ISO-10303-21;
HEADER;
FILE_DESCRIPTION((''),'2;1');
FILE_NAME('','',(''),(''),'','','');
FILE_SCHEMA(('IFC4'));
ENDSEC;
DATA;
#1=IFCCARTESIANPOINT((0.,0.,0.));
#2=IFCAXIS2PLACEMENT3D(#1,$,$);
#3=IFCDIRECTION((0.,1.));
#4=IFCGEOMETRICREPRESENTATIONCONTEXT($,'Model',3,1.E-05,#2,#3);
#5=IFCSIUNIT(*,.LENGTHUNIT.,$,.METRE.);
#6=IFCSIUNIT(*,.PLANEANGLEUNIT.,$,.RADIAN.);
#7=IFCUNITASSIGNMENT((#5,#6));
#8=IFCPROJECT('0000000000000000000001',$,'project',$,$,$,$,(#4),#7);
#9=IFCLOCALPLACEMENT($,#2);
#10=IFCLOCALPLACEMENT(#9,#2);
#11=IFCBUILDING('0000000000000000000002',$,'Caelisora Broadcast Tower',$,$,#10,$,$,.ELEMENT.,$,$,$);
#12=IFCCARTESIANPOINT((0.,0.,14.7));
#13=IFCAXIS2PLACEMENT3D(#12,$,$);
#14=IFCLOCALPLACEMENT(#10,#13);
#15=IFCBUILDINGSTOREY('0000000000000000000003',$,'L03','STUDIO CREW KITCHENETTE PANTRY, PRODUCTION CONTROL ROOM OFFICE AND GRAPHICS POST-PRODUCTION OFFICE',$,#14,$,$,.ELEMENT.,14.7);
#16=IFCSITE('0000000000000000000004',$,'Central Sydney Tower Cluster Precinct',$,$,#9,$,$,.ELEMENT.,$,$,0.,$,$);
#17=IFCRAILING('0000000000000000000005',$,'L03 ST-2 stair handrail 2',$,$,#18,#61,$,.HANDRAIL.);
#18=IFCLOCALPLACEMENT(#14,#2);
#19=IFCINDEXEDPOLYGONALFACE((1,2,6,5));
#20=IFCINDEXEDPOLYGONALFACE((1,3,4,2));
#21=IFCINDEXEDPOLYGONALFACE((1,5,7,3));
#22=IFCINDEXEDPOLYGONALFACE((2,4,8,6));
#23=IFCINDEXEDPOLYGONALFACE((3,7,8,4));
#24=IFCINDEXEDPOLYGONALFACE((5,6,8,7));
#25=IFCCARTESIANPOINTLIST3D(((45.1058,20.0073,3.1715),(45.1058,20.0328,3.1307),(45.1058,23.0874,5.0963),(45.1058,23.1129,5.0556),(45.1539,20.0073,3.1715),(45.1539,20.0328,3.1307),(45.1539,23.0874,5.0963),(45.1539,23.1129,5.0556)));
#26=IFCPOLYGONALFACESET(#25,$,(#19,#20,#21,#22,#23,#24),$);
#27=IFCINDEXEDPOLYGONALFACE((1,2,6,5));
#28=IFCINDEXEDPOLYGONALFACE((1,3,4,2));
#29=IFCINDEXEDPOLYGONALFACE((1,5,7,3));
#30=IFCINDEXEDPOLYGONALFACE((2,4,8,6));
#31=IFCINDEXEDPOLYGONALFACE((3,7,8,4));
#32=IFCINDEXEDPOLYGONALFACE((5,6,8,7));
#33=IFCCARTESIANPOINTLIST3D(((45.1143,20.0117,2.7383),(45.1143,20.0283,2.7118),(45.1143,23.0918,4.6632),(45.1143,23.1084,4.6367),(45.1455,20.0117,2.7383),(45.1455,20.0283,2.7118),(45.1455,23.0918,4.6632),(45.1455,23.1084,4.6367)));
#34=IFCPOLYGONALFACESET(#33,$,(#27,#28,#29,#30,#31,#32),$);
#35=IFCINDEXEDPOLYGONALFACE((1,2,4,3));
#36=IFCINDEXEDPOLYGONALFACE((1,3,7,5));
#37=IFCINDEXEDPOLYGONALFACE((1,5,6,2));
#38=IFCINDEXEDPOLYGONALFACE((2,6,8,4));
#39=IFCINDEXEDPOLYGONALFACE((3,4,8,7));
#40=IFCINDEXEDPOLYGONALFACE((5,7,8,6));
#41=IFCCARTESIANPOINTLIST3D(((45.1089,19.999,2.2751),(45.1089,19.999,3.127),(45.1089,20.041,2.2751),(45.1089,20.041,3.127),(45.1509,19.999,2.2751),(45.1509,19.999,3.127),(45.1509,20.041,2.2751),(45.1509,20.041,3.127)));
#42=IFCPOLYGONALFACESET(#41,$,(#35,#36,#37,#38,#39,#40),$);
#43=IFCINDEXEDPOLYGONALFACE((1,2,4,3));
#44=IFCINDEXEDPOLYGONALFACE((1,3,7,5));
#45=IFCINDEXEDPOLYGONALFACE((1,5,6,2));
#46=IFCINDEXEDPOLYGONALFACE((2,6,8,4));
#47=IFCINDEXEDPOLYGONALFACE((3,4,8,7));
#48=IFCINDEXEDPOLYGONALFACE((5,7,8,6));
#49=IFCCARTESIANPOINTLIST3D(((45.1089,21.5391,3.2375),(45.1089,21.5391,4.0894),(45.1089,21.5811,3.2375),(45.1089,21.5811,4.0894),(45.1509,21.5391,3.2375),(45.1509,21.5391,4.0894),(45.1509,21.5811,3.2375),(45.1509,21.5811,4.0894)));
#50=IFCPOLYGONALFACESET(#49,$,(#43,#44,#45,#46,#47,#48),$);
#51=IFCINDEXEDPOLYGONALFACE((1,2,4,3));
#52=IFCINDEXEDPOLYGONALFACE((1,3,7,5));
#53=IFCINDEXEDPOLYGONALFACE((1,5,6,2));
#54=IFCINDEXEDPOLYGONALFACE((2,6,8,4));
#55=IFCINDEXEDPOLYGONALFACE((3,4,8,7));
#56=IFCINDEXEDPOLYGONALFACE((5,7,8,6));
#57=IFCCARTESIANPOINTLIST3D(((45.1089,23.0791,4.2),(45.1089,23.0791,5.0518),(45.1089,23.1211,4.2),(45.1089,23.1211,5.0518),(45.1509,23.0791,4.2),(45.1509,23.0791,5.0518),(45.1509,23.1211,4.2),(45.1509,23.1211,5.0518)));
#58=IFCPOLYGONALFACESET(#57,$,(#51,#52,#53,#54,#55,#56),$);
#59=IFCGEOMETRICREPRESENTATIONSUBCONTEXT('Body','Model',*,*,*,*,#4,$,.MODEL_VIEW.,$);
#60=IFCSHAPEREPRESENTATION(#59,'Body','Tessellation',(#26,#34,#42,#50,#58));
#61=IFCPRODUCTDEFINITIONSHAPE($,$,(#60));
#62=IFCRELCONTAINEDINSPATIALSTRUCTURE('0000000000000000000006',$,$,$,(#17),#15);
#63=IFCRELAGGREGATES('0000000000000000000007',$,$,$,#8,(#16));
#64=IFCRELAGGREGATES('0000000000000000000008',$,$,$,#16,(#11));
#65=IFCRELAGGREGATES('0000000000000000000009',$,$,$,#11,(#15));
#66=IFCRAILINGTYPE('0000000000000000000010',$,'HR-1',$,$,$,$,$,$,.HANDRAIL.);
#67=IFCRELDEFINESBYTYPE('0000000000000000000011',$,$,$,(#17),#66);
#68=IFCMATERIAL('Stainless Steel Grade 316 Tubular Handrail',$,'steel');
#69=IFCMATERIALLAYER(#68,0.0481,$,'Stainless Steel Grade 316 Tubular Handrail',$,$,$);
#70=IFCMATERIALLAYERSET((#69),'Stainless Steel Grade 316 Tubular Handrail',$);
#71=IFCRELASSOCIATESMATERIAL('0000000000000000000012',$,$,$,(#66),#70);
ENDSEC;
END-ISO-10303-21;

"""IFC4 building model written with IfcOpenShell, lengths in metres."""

from ifc_helpers import new_model, si_unit, direction, frame, origin, origin_2d, place, context, subcontext, project, spatial, rectangle, extrude, material, layer, layer_set, type_object, element, save


model = new_model("IFC4")

# Units and contexts
model_context = context("Model", 3, precision=1e-05, world=origin(), true_north=direction((0.0, 1.0)))
body_context = subcontext(model_context, "Body", "Model", "MODEL_VIEW")
ifc_project = project(units=[si_unit("LENGTHUNIT", "METRE"), si_unit("PLANEANGLEUNIT", "RADIAN")], contexts=[model_context])

# Site, building, storey
site_placement = place(None, origin())
site = spatial("IfcSite", under=ifc_project, at=site_placement, Name="Central Sydney Tower Cluster Precinct", CompositionType="ELEMENT", RefElevation=0.0)
building_placement = place(site_placement, origin())
building = spatial("IfcBuilding", under=site, at=building_placement, Name="Caelisora Broadcast Tower", CompositionType="ELEMENT")
storey_placement = place(building_placement, frame((0.0, 0.0, 14.7)))
storey = spatial("IfcBuildingStorey", under=building, at=storey_placement, Name="L03", Description="STUDIO CREW KITCHENETTE PANTRY, PRODUCTION CONTROL ROOM OFFICE AND GRAPHICS POST-PRODUCTION OFFICE", CompositionType="ELEMENT", Elevation=14.7)

# Railing
ifc_material_1 = material(Name="Stainless Steel Grade 316 Tubular Handrail", Category="steel")
ifc_layer_1 = layer(ifc_material_1, 0.0481, Name="Stainless Steel Grade 316 Tubular Handrail")
ifc_layer_set_1 = layer_set([ifc_layer_1], Name="Stainless Steel Grade 316 Tubular Handrail")
railing_type_1 = type_object("IfcRailingType", Name="HR-1", PredefinedType="HANDRAIL", material=ifc_layer_set_1)
railing_1_placement = place(storey_placement, frame((45.1299, 20.02, 2.2751)))
element("IfcRailing", 1, at=railing_1_placement, inside=storey, type_object=railing_type_1, Name="L03 ST-2 stair handrail 2", PredefinedType="HANDRAIL", context=body_context, shape_type="SweptSolid", body=[
    extrude(rectangle(XDim=0.0481, YDim=0.0481, at=origin_2d()), frame((0.0, 0.0, 0.876), z_axis=(0.0, 0.848029, 0.529951), x_axis=(-1.0, 0.0, 0.0)), (0.0, 0.0, 1.0), 3.6321),
    extrude(rectangle(XDim=0.0312, YDim=0.0312, at=origin_2d()), frame((0.0, 0.0, 0.45), z_axis=(0.0, 0.848029, 0.529951), x_axis=(-1.0, 0.0, 0.0)), (0.0, 0.0, 1.0), 3.6321),
    extrude(rectangle(XDim=0.042, YDim=0.042, at=origin_2d()), origin(), (0.0, 0.0, 1.0), 0.8518),
    extrude(rectangle(XDim=0.042, YDim=0.042, at=origin_2d()), frame((0.0, 1.54, 0.9624)), (0.0, 0.0, 1.0), 0.8518),
    extrude(rectangle(XDim=0.042, YDim=0.042, at=origin_2d()), frame((0.0, 3.0801, 1.9248)), (0.0, 0.0, 1.0), 0.8518),
])

save(model, "model.ifc")
